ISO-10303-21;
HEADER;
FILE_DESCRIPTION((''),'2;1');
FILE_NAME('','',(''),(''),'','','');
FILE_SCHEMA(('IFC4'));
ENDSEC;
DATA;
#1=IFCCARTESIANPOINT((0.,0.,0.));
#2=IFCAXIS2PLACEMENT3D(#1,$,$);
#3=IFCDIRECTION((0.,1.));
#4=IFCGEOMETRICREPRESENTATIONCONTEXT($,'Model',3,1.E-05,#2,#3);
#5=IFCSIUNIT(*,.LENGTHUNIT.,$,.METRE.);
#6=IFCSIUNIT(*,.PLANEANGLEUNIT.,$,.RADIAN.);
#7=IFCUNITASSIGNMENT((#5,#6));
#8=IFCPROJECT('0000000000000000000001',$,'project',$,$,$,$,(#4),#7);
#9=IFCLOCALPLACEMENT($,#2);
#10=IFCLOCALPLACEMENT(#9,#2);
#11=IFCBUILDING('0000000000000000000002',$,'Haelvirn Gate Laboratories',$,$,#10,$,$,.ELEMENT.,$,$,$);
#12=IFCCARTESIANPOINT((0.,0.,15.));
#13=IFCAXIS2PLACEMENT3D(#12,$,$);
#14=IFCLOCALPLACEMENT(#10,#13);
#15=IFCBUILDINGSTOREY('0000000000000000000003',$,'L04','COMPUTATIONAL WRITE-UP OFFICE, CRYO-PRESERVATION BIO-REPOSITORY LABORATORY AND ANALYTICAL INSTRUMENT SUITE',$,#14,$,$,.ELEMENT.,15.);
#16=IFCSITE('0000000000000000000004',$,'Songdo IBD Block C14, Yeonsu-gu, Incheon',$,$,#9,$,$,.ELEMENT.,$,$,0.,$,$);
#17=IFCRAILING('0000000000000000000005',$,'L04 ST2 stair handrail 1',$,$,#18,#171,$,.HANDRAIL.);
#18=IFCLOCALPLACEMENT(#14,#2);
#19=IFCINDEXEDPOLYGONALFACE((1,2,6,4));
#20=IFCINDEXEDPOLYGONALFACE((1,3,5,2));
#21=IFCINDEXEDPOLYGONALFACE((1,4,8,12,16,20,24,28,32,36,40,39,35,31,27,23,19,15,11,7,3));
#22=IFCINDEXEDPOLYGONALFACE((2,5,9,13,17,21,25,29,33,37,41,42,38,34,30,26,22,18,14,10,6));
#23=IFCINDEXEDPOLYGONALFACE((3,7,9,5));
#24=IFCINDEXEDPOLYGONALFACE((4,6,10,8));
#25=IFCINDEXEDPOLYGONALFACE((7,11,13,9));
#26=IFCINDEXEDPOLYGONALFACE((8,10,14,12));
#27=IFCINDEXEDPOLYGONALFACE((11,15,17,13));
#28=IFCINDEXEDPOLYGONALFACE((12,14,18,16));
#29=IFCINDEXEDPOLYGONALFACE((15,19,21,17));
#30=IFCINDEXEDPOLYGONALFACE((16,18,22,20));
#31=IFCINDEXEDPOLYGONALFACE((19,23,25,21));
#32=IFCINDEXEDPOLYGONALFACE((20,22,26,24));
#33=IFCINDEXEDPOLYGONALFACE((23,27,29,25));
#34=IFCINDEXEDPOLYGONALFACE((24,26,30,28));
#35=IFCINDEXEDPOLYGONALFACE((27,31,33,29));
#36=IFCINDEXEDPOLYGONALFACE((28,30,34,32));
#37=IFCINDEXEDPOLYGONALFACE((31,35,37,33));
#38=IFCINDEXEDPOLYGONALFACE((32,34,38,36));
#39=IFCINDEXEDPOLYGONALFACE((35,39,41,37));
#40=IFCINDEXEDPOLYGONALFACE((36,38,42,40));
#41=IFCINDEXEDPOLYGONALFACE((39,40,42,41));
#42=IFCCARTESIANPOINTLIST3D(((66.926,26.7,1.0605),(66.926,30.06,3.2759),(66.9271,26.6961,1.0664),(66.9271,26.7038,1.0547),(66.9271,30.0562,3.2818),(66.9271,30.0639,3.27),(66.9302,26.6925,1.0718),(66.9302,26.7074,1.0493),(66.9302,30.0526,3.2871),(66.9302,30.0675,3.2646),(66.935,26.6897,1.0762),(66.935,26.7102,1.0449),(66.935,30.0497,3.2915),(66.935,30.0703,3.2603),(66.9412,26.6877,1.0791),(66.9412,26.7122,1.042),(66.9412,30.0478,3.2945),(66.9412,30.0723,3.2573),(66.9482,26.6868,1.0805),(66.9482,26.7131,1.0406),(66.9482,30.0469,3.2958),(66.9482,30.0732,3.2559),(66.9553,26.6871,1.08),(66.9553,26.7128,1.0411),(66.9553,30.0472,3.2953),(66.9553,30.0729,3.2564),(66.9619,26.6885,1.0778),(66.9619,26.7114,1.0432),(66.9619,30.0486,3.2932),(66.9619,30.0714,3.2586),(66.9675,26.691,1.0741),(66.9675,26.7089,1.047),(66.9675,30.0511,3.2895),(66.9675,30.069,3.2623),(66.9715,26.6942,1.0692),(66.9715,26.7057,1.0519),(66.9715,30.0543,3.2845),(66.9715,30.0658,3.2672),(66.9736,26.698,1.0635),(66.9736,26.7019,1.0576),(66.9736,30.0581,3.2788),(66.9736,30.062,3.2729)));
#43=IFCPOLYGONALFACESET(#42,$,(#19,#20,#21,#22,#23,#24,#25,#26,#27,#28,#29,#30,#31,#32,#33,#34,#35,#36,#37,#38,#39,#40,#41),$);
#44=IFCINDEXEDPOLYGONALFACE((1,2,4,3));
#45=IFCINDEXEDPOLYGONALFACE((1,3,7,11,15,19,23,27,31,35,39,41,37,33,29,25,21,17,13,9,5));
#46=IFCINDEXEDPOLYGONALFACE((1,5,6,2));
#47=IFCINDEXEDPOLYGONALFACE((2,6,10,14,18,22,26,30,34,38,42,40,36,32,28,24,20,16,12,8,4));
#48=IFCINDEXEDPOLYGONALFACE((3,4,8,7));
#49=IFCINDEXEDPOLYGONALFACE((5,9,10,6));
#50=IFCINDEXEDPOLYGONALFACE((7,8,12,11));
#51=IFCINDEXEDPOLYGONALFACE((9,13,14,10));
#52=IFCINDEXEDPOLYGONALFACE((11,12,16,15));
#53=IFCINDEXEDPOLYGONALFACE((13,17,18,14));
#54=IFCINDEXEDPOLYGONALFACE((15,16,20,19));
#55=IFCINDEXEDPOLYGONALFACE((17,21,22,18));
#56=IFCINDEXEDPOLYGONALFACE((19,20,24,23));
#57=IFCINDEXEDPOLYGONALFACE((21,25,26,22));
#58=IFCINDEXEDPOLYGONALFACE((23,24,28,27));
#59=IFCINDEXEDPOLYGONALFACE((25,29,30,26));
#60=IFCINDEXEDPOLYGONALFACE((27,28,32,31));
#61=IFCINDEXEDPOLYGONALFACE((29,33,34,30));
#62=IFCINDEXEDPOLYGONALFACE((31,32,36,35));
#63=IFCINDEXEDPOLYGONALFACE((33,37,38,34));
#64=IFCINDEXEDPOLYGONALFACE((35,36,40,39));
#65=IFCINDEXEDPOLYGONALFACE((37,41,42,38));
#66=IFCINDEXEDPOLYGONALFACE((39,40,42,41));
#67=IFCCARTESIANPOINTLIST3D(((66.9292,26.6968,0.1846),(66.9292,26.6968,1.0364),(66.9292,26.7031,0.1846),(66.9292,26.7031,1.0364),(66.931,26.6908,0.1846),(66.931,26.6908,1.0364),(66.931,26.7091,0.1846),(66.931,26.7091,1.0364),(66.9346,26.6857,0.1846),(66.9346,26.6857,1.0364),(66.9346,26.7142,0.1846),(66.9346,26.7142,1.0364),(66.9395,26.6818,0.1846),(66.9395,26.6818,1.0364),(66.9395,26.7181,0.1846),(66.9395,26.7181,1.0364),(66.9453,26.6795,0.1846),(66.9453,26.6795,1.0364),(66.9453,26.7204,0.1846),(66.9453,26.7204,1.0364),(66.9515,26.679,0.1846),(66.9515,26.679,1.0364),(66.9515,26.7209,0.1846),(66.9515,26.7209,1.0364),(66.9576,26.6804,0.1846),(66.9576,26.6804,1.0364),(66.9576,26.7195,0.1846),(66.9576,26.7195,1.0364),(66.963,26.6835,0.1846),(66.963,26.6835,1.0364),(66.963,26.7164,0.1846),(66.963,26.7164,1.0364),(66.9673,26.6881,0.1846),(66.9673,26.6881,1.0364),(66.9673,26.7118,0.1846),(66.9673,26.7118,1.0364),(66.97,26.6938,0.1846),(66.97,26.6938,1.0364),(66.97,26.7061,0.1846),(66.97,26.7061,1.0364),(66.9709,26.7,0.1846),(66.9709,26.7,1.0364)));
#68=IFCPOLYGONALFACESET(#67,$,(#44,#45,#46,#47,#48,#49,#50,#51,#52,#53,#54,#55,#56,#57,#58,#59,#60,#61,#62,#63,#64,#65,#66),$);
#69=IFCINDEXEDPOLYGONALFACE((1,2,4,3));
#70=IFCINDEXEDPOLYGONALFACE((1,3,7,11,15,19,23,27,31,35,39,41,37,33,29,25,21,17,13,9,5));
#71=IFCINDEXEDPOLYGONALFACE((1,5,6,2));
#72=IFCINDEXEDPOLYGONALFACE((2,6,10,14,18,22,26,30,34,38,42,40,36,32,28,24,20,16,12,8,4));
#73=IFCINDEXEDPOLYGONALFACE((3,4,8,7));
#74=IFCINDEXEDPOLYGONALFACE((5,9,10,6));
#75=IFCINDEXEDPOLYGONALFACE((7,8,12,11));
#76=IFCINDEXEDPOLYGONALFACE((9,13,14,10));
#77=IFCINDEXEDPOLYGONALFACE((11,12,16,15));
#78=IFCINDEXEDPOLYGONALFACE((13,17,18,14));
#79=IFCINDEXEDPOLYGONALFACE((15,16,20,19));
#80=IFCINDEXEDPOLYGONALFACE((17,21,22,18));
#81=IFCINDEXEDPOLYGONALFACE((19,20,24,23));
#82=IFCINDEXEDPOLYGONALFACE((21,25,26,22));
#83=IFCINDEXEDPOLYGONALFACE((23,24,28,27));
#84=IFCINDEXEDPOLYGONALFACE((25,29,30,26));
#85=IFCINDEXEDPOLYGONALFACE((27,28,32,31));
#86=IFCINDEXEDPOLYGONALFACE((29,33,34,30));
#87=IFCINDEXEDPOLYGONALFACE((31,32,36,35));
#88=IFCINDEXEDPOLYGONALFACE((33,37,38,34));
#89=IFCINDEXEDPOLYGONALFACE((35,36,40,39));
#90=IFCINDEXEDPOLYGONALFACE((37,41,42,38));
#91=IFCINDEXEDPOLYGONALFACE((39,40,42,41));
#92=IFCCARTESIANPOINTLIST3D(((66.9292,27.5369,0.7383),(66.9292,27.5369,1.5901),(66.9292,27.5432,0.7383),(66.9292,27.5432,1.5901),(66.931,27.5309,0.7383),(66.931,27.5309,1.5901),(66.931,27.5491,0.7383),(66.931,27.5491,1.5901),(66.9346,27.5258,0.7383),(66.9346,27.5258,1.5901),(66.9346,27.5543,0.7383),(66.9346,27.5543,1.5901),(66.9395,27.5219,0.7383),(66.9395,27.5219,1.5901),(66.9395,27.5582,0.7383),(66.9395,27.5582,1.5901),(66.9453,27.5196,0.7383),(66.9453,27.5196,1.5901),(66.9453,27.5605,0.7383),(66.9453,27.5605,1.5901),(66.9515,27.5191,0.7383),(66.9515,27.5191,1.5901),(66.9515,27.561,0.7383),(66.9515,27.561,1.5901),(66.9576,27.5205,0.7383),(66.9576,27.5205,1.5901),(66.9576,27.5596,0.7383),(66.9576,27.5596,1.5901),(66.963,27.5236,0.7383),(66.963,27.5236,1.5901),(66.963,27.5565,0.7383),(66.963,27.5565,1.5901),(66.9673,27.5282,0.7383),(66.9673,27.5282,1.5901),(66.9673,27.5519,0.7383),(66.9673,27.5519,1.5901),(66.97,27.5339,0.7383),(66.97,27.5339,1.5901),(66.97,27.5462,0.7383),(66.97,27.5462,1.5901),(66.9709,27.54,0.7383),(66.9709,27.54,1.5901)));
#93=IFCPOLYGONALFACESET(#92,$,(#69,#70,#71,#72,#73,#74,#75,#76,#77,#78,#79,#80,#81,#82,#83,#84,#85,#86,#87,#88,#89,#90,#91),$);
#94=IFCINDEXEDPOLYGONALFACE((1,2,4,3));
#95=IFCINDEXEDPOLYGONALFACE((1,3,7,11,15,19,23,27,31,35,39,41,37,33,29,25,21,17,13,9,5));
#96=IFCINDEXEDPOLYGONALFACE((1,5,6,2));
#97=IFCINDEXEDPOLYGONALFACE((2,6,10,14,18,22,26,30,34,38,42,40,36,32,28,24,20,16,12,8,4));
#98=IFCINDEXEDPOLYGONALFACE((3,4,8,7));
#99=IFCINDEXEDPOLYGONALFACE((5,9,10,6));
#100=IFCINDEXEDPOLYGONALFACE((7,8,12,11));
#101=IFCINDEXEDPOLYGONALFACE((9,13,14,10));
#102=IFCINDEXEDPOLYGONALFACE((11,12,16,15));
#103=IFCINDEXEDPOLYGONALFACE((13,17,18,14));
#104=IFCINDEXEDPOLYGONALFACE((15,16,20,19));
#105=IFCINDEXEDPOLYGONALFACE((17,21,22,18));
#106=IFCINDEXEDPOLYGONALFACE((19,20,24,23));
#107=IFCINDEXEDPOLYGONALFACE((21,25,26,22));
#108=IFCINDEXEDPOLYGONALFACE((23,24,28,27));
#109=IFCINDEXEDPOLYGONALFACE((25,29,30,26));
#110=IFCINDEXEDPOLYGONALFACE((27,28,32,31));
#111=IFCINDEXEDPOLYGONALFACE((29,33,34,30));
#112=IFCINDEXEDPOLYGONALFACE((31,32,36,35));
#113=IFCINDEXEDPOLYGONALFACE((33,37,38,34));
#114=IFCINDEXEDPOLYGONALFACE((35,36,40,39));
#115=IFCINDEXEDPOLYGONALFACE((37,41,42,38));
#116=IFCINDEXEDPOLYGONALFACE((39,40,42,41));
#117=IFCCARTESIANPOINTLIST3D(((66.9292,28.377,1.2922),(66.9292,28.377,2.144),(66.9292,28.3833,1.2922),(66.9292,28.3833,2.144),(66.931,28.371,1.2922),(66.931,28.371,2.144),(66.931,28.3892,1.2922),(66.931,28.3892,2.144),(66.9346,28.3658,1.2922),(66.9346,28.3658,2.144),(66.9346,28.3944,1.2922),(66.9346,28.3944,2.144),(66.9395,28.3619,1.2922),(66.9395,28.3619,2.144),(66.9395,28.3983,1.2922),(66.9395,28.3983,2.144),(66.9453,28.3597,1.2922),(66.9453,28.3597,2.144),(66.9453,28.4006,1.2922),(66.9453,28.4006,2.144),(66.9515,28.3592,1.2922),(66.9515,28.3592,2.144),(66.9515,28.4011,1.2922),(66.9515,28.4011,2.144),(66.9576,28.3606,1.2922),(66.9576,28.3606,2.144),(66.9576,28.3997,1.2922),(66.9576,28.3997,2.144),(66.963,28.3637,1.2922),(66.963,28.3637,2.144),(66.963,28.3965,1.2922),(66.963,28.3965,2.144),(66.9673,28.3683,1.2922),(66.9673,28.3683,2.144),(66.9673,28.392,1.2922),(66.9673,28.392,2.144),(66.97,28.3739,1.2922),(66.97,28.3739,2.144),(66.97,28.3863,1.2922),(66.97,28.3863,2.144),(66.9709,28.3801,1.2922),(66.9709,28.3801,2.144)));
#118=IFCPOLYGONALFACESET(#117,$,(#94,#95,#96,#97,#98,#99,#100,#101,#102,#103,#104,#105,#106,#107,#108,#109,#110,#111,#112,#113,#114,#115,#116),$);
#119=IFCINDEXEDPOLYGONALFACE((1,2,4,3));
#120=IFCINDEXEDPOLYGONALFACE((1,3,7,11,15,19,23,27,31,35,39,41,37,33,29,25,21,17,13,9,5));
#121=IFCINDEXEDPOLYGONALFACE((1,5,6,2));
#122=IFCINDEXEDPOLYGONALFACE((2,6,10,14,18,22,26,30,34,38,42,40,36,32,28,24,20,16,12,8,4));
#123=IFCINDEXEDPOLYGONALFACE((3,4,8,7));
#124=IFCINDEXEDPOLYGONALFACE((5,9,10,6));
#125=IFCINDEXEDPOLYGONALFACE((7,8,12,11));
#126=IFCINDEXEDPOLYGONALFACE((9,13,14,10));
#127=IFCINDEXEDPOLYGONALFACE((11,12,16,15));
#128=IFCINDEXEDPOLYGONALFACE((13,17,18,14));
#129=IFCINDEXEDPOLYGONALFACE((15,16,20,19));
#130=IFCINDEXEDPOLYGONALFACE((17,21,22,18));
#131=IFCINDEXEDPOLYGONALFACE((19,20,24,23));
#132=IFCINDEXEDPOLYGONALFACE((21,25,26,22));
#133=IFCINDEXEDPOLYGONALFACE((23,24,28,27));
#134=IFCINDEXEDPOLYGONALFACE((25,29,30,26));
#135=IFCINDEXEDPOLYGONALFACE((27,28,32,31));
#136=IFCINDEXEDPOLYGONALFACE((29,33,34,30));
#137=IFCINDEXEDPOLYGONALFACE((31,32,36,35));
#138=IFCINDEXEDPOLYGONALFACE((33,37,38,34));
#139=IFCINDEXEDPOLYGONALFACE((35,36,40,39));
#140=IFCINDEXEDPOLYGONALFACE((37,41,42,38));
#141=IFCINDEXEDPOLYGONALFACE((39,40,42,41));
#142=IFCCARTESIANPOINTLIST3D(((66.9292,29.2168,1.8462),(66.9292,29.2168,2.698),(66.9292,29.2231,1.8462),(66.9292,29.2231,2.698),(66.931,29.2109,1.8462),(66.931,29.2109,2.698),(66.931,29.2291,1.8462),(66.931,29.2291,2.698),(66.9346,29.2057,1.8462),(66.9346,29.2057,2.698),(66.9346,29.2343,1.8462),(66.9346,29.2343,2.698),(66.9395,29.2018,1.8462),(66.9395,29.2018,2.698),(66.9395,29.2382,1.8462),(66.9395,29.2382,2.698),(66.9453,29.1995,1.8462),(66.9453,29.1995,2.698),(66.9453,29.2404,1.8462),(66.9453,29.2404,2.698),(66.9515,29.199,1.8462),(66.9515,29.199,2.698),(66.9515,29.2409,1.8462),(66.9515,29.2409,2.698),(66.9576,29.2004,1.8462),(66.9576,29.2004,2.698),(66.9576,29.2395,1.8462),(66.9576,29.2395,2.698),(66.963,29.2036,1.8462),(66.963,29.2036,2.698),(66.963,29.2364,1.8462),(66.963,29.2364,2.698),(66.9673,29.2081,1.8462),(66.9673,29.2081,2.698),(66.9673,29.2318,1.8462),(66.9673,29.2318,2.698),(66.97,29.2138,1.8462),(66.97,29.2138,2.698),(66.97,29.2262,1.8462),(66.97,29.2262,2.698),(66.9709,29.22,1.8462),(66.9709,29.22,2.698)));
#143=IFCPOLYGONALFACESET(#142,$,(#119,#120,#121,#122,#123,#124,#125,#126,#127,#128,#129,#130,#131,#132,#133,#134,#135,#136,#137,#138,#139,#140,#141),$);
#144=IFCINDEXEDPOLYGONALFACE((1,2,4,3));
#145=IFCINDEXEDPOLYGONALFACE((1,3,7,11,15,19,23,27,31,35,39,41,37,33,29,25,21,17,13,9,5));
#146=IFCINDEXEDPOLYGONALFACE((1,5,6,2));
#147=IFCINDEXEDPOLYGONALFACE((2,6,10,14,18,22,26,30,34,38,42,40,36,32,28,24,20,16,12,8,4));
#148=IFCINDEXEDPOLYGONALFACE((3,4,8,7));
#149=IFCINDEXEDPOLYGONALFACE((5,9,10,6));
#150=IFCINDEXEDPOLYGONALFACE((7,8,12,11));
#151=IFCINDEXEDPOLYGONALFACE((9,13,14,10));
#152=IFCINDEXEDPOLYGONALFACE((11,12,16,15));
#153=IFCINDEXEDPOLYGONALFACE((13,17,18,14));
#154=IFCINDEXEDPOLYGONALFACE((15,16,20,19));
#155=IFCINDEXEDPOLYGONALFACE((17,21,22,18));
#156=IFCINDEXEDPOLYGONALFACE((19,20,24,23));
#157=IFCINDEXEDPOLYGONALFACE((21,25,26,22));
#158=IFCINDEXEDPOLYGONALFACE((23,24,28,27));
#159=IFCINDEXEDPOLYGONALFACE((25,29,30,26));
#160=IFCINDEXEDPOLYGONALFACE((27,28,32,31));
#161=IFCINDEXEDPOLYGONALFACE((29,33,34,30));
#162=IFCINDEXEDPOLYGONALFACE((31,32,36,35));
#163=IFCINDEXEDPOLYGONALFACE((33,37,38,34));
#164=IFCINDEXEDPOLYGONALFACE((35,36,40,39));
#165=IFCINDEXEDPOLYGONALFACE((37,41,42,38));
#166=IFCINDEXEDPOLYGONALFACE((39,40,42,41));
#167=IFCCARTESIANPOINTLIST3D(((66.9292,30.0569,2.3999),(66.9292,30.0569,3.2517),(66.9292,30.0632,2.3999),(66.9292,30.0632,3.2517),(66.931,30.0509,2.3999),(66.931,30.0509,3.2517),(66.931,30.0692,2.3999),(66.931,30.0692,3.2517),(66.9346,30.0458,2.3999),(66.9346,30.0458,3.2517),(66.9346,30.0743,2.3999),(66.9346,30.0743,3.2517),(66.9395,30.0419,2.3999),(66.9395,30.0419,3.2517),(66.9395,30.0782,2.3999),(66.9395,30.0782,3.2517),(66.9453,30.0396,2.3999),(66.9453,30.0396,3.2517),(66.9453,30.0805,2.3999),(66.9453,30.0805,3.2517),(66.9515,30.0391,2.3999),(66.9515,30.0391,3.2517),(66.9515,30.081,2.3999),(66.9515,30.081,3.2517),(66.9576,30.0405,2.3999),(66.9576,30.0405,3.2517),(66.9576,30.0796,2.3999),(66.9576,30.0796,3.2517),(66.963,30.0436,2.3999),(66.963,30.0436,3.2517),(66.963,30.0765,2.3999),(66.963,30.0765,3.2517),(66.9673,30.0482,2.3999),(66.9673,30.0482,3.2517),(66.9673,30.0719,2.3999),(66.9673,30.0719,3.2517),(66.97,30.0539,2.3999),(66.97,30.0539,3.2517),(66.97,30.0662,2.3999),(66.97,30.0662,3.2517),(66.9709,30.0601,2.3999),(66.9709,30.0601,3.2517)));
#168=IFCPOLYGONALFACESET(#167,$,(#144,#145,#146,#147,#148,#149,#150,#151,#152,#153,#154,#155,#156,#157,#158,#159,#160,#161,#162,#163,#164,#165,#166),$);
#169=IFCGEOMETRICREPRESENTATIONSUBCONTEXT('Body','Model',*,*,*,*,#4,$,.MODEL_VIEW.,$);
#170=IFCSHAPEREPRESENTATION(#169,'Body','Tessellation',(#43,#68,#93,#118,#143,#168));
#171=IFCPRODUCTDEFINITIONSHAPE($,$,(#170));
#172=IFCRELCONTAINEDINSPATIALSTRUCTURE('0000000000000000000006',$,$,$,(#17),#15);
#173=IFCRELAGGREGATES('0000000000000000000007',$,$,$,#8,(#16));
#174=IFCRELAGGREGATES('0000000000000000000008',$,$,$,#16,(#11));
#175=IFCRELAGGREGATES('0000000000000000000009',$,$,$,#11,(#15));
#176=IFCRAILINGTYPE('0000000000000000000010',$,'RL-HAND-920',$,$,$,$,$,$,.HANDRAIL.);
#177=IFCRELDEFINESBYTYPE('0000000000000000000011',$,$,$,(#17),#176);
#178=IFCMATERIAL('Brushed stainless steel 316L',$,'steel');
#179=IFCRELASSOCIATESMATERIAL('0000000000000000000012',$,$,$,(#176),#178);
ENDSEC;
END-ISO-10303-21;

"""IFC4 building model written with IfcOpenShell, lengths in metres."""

from ifc_helpers import new_model, si_unit, direction, frame, origin, origin_2d, place, context, subcontext, project, spatial, circle, extrude, source, transform, mapped, material, type_object, element, save


model = new_model("IFC4")

# Units and contexts
model_context = context("Model", 3, precision=1e-05, world=origin(), true_north=direction((0.0, 1.0)))
body_context = subcontext(model_context, "Body", "Model", "MODEL_VIEW")
ifc_project = project(units=[si_unit("LENGTHUNIT", "METRE"), si_unit("PLANEANGLEUNIT", "RADIAN")], contexts=[model_context])

# Site, building, storey
site_placement = place(None, origin())
site = spatial("IfcSite", under=ifc_project, at=site_placement, Name="Songdo IBD Block C14, Yeonsu-gu, Incheon", CompositionType="ELEMENT", RefElevation=0.0)
building_placement = place(site_placement, origin())
building = spatial("IfcBuilding", under=site, at=building_placement, Name="Haelvirn Gate Laboratories", CompositionType="ELEMENT")
storey_placement = place(building_placement, frame((0.0, 0.0, 15.0)))
storey = spatial("IfcBuildingStorey", under=building, at=storey_placement, Name="L04", Description="COMPUTATIONAL WRITE-UP OFFICE, CRYO-PRESERVATION BIO-REPOSITORY LABORATORY AND ANALYTICAL INSTRUMENT SUITE", CompositionType="ELEMENT", Elevation=15.0)

# Railing
ifc_material_1 = material(Name="Brushed stainless steel 316L", Category="steel")
railing_type_1 = type_object("IfcRailingType", Name="RL-HAND-920", PredefinedType="HANDRAIL", material=ifc_material_1)
shared_shape_1 = source(origin(), body_context, "Body", "SweptSolid", [
    extrude(circle(Radius=0.0239, at=origin_2d()), frame((0.0, 0.0, 0.876), z_axis=(0.0, 0.834876, 0.550437), x_axis=(-1.0, 0.0, 0.0)), (0.0, 0.0, 1.0), 4.0247),
    extrude(circle(Radius=0.021, at=origin_2d()), origin(), (0.0, 0.0, 1.0), 0.8518),
    extrude(circle(Radius=0.021, at=origin_2d()), frame((0.0, 0.8401, 0.5537)), (0.0, 0.0, 1.0), 0.8518),
    extrude(circle(Radius=0.021, at=origin_2d()), frame((0.0, 1.6802, 1.1077)), (0.0, 0.0, 1.0), 0.8518),
    extrude(circle(Radius=0.021, at=origin_2d()), frame((0.0, 2.52, 1.6616)), (0.0, 0.0, 1.0), 0.8518),
    extrude(circle(Radius=0.021, at=origin_2d()), frame((0.0, 3.3601, 2.2153)), (0.0, 0.0, 1.0), 0.8518),
])
railing_1_placement = place(storey_placement, frame((66.95, 26.7, 0.1846)))
element("IfcRailing", 1, at=railing_1_placement, inside=storey, type_object=railing_type_1, Name="L04 ST2 stair handrail 1", PredefinedType="HANDRAIL", context=body_context, shape_type="MappedRepresentation", body=[
    mapped(shared_shape_1, transform((0.0, 0.0, 0.0), scale=1.0)),
])

save(model, "model.ifc")
